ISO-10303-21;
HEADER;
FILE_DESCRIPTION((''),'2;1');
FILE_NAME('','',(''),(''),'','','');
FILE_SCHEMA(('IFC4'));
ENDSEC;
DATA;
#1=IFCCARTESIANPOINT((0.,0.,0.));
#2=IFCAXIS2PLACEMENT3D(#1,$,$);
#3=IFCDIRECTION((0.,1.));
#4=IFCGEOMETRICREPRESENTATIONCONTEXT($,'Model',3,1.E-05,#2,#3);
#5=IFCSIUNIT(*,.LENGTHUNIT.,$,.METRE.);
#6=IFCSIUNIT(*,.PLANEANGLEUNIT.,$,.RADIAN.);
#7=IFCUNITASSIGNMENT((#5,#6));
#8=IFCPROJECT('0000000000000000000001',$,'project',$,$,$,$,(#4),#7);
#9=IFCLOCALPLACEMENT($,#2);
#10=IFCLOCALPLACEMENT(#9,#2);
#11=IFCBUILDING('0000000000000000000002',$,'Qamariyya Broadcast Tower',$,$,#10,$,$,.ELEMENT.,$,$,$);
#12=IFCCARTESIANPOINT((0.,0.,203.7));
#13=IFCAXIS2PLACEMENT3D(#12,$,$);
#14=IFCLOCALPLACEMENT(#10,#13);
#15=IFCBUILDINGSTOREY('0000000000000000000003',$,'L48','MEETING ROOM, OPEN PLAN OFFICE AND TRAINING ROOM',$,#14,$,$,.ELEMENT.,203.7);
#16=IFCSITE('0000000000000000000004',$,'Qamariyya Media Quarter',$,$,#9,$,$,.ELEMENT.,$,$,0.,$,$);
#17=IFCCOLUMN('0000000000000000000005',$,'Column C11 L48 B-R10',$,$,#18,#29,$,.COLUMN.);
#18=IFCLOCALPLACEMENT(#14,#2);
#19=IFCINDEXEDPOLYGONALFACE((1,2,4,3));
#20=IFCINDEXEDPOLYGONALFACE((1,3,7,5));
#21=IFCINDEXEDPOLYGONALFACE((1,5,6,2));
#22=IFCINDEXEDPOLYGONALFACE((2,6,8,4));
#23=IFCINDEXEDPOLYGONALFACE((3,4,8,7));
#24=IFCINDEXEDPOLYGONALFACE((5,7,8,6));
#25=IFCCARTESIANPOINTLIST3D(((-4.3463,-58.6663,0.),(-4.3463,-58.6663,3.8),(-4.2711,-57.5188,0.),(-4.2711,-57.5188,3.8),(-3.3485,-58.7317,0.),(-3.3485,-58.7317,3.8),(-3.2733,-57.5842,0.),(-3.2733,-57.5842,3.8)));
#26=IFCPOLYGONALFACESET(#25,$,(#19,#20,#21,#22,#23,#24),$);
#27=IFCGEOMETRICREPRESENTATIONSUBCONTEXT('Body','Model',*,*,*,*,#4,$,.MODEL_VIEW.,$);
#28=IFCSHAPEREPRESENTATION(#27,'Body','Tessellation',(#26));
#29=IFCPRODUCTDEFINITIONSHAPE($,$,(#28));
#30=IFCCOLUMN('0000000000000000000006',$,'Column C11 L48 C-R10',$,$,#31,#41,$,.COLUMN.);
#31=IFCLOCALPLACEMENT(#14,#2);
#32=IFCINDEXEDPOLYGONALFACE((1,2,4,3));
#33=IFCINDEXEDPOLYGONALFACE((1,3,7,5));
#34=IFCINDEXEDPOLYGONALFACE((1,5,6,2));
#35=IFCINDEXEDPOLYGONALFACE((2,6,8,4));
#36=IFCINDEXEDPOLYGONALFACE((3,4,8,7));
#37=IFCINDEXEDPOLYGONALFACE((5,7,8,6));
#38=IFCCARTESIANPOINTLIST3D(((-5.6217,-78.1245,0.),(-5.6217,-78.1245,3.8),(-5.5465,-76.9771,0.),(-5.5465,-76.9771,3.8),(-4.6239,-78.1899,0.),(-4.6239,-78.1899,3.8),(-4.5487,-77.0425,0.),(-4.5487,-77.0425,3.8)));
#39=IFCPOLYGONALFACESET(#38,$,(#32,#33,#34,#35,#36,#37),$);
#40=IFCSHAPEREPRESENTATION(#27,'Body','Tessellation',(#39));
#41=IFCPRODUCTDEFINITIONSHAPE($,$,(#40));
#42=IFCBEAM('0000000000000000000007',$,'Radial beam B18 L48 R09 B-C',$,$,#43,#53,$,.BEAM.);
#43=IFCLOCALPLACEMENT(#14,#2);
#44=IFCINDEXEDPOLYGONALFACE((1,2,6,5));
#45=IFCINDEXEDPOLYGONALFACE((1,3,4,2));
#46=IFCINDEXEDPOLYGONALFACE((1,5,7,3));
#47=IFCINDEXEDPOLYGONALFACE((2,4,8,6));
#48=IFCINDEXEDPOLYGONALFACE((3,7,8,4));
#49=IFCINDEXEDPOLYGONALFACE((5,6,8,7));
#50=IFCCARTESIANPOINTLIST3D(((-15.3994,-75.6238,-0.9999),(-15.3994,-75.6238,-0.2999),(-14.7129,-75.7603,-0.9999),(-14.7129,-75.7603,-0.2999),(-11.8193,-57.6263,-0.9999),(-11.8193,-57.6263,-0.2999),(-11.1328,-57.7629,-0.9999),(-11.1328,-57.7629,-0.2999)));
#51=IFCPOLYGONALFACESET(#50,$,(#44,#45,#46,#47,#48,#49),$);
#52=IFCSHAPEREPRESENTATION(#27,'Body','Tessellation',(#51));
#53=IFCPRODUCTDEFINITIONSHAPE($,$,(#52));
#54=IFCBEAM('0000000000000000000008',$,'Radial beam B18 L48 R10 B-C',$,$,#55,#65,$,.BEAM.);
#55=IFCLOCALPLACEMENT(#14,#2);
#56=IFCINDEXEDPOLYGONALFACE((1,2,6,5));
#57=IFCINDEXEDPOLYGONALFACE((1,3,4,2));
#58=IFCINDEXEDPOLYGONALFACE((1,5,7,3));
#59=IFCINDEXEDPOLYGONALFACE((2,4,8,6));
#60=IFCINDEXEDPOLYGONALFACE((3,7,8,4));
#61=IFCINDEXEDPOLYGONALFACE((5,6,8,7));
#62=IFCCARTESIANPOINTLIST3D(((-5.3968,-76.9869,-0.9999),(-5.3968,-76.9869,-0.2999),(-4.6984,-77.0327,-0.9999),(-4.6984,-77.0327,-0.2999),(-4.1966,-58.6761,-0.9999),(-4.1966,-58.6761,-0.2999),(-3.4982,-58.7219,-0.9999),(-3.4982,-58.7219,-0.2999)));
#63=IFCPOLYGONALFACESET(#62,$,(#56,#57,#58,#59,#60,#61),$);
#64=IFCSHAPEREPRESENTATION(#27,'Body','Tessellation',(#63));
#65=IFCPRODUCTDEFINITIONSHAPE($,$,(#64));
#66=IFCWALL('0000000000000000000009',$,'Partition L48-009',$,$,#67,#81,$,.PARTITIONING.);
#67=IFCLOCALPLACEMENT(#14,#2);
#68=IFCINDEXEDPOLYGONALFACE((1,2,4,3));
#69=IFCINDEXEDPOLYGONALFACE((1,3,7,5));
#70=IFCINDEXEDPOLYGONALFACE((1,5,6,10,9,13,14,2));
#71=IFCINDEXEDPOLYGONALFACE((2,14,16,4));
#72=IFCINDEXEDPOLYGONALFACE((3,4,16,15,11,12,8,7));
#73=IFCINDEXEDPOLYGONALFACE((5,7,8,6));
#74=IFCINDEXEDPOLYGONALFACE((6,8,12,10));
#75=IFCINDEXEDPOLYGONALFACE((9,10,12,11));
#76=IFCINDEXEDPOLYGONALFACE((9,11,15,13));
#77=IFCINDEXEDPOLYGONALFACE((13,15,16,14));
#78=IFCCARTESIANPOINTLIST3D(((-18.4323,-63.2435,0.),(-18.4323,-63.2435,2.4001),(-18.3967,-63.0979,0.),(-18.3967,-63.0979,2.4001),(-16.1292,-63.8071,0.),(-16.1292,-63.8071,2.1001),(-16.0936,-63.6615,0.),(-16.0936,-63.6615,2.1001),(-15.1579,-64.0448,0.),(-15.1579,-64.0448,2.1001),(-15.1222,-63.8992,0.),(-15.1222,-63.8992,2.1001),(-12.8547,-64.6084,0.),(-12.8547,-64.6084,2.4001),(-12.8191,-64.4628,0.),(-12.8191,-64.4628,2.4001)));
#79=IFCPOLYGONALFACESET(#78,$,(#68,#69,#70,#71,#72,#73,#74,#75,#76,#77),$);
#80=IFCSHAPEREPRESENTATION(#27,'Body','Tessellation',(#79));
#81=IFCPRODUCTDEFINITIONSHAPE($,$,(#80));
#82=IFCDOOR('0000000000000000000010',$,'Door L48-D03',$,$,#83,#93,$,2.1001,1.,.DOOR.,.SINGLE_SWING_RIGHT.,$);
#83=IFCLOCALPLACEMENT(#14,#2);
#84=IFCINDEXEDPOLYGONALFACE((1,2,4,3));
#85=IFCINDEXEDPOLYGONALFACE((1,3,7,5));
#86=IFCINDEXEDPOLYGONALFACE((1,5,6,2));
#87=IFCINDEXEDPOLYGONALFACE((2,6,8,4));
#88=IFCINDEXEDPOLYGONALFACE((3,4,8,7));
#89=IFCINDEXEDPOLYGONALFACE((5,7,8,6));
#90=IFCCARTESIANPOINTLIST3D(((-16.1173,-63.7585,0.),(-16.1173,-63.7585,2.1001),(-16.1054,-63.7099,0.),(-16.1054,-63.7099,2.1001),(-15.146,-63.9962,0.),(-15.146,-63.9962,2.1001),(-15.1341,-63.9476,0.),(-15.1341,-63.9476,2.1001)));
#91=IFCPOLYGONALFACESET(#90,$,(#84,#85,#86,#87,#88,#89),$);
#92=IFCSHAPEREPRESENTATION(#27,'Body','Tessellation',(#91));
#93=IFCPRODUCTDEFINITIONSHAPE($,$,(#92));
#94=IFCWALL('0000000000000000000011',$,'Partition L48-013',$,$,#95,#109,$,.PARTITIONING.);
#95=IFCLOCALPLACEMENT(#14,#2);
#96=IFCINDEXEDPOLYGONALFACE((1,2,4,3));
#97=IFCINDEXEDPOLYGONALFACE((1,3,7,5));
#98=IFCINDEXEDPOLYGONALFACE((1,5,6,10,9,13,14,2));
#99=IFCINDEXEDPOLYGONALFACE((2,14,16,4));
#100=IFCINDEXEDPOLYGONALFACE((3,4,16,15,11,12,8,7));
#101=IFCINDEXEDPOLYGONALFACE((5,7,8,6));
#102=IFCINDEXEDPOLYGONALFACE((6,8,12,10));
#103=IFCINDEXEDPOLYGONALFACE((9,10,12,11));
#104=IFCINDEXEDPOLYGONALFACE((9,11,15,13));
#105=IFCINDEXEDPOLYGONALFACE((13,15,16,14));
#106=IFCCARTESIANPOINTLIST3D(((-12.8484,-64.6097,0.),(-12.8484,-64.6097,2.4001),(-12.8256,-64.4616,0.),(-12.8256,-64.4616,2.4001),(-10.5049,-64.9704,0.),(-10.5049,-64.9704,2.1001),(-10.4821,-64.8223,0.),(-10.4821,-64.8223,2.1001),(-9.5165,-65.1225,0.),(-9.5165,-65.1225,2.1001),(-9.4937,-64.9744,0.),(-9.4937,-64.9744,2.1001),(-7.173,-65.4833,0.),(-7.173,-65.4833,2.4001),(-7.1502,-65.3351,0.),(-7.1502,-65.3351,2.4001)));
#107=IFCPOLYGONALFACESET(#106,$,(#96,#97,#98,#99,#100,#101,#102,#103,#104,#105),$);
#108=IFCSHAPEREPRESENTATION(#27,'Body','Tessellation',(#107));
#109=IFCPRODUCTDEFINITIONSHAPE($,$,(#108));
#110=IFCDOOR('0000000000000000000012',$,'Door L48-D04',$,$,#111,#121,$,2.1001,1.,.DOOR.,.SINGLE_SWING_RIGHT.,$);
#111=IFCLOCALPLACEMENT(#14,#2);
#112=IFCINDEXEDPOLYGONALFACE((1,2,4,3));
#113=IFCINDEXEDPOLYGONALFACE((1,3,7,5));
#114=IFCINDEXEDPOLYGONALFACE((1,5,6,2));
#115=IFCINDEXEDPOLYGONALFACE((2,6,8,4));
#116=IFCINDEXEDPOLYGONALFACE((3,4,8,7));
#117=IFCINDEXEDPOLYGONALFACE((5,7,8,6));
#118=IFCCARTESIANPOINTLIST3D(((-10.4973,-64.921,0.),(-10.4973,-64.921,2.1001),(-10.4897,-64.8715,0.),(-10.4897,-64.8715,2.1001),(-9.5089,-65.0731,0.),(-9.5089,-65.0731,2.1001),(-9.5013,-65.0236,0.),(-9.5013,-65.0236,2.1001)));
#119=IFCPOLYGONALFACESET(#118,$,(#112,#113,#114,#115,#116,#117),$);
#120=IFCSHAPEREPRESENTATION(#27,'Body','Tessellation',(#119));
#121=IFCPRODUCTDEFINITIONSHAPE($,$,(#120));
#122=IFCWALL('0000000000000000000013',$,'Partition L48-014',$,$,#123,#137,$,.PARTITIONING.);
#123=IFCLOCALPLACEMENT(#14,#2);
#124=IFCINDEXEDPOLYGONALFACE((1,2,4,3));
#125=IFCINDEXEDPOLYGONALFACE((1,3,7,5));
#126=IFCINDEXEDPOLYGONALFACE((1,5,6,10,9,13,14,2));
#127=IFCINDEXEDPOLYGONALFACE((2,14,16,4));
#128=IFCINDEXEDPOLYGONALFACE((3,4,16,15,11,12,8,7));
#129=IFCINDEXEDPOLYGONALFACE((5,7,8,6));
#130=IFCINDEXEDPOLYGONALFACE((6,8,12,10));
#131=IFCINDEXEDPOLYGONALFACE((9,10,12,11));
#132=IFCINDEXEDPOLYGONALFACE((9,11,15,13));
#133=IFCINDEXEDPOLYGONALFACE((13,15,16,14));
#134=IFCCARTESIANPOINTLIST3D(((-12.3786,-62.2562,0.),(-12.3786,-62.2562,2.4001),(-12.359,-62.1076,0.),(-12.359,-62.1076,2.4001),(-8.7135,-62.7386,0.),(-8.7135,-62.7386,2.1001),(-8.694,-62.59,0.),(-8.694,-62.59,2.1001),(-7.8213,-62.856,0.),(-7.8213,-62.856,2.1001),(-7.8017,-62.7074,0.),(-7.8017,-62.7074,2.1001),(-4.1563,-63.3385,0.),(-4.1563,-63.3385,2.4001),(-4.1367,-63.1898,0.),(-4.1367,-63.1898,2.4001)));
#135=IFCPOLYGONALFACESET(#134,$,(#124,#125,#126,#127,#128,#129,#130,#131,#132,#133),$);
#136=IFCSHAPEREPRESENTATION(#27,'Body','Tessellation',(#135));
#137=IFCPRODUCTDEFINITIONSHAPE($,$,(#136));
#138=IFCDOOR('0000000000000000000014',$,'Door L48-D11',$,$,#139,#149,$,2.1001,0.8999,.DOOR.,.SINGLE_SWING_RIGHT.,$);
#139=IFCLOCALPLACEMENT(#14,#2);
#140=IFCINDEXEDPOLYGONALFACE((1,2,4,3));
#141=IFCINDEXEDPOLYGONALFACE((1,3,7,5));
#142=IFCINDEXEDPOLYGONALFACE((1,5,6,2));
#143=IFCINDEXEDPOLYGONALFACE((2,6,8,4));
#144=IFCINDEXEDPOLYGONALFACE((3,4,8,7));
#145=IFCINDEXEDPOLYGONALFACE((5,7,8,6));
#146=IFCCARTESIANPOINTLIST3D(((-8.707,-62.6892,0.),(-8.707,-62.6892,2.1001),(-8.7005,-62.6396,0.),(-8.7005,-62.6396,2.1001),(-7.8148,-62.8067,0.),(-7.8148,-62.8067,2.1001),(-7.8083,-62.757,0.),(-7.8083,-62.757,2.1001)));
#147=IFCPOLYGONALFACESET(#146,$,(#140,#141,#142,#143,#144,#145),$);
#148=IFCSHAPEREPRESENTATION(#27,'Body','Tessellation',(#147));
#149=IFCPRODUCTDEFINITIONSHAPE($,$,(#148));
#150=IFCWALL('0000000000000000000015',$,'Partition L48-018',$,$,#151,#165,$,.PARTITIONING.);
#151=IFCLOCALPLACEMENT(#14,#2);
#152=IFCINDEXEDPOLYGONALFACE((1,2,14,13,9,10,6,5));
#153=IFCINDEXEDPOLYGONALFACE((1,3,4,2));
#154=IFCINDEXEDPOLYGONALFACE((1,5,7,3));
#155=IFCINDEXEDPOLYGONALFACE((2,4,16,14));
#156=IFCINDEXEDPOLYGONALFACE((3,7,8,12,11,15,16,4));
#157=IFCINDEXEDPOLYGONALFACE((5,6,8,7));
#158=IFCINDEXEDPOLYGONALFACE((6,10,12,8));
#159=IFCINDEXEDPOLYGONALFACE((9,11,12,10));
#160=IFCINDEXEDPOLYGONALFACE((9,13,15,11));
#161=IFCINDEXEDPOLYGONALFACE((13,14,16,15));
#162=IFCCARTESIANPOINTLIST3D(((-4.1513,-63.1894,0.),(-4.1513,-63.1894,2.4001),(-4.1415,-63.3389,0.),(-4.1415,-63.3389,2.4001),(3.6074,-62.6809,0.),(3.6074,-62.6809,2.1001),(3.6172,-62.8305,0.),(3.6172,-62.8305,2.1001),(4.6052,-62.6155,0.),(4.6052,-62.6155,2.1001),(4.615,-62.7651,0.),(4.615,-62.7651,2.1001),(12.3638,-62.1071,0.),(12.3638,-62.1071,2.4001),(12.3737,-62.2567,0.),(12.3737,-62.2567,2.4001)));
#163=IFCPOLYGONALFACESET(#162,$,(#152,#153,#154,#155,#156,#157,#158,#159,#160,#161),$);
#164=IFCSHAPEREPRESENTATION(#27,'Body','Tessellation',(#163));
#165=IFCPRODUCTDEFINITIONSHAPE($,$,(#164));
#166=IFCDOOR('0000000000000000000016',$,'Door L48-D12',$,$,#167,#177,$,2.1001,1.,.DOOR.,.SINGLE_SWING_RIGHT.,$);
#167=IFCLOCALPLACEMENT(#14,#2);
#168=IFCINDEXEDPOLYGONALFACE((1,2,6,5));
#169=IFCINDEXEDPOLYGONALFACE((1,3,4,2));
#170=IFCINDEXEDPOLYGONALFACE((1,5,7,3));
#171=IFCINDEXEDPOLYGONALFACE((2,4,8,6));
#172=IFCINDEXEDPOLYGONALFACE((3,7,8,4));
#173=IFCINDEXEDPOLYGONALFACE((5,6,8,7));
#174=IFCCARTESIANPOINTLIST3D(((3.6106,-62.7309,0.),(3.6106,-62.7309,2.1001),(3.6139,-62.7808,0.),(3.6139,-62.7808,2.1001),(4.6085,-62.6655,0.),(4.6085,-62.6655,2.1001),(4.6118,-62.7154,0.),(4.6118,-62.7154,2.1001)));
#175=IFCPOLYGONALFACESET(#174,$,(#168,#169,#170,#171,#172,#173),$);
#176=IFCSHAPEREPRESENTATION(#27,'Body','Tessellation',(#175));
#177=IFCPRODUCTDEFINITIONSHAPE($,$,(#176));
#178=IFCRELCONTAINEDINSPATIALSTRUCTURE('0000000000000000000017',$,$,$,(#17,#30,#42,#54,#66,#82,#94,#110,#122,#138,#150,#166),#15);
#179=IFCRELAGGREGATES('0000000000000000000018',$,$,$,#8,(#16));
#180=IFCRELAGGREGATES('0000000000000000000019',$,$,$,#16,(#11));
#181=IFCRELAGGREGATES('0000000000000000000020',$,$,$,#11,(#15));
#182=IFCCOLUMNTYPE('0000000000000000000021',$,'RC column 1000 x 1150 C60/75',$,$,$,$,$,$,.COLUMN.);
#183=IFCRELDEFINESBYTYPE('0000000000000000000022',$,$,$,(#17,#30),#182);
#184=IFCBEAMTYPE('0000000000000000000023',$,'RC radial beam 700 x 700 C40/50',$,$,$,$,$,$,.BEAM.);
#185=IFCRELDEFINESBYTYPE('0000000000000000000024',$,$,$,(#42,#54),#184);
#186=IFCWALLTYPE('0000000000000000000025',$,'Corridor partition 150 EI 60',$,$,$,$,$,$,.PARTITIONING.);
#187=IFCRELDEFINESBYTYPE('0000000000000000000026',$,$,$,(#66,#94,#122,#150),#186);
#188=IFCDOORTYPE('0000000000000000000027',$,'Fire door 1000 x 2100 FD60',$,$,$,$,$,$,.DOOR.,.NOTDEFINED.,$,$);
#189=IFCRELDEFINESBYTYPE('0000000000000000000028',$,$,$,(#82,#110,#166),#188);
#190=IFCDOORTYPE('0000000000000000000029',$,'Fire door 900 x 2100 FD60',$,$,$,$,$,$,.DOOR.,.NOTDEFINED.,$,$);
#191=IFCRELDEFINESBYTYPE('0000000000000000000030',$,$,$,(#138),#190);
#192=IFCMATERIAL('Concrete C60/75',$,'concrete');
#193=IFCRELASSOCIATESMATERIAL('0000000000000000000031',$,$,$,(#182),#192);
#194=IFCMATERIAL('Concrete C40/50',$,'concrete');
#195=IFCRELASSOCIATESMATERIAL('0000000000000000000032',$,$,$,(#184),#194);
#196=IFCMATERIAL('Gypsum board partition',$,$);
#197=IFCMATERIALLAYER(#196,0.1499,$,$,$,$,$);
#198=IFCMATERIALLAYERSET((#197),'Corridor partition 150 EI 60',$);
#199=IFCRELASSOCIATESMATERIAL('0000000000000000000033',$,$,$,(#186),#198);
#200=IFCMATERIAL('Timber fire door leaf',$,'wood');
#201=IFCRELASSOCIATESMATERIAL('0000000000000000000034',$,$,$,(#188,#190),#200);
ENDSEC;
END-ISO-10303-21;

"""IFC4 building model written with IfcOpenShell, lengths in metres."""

from ifc_helpers import new_model, si_unit, direction, frame, frame_2d, origin, origin_2d, place, context, subcontext, project, spatial, rectangle, extrude, material, layer, layer_set, material_profile, profile_set, type_object, element, fill, save


model = new_model("IFC4")

# Units and contexts
model_context = context("Model", 3, precision=1e-05, world=origin(), true_north=direction((0.0, 1.0)))
body_context = subcontext(model_context, "Body", "Model", "MODEL_VIEW")
ifc_project = project(units=[si_unit("LENGTHUNIT", "METRE"), si_unit("PLANEANGLEUNIT", "RADIAN")], contexts=[model_context])

# Site, building, storey
site_placement = place(None, origin())
site = spatial("IfcSite", under=ifc_project, at=site_placement, Name="Qamariyya Media Quarter", CompositionType="ELEMENT", RefElevation=0.0)
building_placement = place(site_placement, origin())
building = spatial("IfcBuilding", under=site, at=building_placement, Name="Qamariyya Broadcast Tower", CompositionType="ELEMENT")
storey_placement = place(building_placement, frame((0.0, 0.0, 203.7)))
storey = spatial("IfcBuildingStorey", under=building, at=storey_placement, Name="L48", Description="MEETING ROOM, OPEN PLAN OFFICE AND TRAINING ROOM", CompositionType="ELEMENT", Elevation=203.7)

# Columns
ifc_material_1 = material(Name="Concrete C60/75", Category="concrete")
ifc_material_profile_1 = material_profile(ifc_material_1, rectangle(XDim=1.0, YDim=1.1499, at=origin_2d()))
ifc_profile_set_1 = profile_set([ifc_material_profile_1], Name="Concrete C60/75")
column_type = type_object("IfcColumnType", Name="RC column 1000 x 1150 C60/75", PredefinedType="COLUMN", material=ifc_profile_set_1)
for number, where, z_axis, x_axis, name in (
    (1, (-3.8098, -58.1252, 0.0), (0.0, 0.0, 1.0), (0.997859, -0.065403, 0.0), "Column C11 L48 B-R10"),
    (2, (-5.0852, -77.5835, 0.0), (0.0, 0.0, 1.0), (0.997859, -0.065403, 0.0), "Column C11 L48 C-R10"),
):
    element("IfcColumn", number, at=place(storey_placement, frame(where, z_axis=z_axis, x_axis=x_axis)), inside=storey, type_object=column_type, Name=name, PredefinedType="COLUMN", context=body_context, shape_type="SweptSolid", body=[
        extrude(rectangle(XDim=1.0, YDim=1.1499, at=origin_2d()), origin(), (0.0, 0.0, 1.0), 3.8),
    ])

# Beams
ifc_material_2 = material(Name="Concrete C40/50", Category="concrete")
ifc_material_profile_2 = material_profile(ifc_material_2, rectangle(XDim=0.7, YDim=0.7, at=origin_2d()))
ifc_profile_set_2 = profile_set([ifc_material_profile_2], Name="Concrete C40/50")
beam_type = type_object("IfcBeamType", Name="RC radial beam 700 x 700 C40/50", PredefinedType="BEAM", material=ifc_profile_set_2)
for number, where, z_axis, x_axis, name in (
    (3, (-11.4761, -57.6946, -0.6499), (-0.195098, -0.980784, 0.0), (0.980784, -0.195098, 0.0), "Radial beam B18 L48 R09 B-C"),
    (4, (-3.8474, -58.699, -0.6499), (-0.065405, -0.997859, 0.0), (0.997859, -0.065405, 0.0), "Radial beam B18 L48 R10 B-C"),
):
    element("IfcBeam", number, at=place(storey_placement, frame(where, z_axis=z_axis, x_axis=x_axis)), inside=storey, type_object=beam_type, Name=name, PredefinedType="BEAM", context=body_context, shape_type="SweptSolid", body=[
        extrude(rectangle(XDim=0.7, YDim=0.7, at=origin_2d()), origin(), (0.0, 0.0, 1.0), 18.3501),
    ])

# Walls, openings, doors
ifc_material_3 = material(Name="Gypsum board partition")
ifc_layer_1 = layer(ifc_material_3, 0.1499)
ifc_layer_set_1 = layer_set([ifc_layer_1], Name="Corridor partition 150 EI 60")
wall_type_1 = type_object("IfcWallType", Name="Corridor partition 150 EI 60", PredefinedType="PARTITIONING", material=ifc_layer_set_1)
wall_1_placement = place(storey_placement, frame((-12.8369, -64.5356, 0.0), z_axis=(0.0, 0.0, 1.0), x_axis=(-0.971336, 0.237711, 0.0)))
wall_1 = element("IfcWall", 5, at=wall_1_placement, inside=storey, type_object=wall_type_1, Name="Partition L48-009", PredefinedType="PARTITIONING", context=body_context, shape_type="SweptSolid", body=[
    extrude(rectangle(XDim=5.7422, YDim=0.1499, at=frame_2d((2.8711, 0.0))), origin(), (0.0, 0.0, 1.0), 2.4001),
])
opening_1_placement = place(wall_1_placement, frame((2.3711, 0.0, 0.0)))
opening_1 = element("IfcOpeningElement", 6, at=opening_1_placement, cuts=wall_1, PredefinedType="OPENING", context=body_context, shape_type="SweptSolid", body=[
    extrude(rectangle(XDim=1.0, YDim=2.1001, at=frame_2d((0.5, 1.05))), frame((0.0, 0.085, 0.0), z_axis=(0.0, -1.0, 0.0), x_axis=(1.0, 0.0, 0.0)), (0.0, 0.0, 1.0), 0.1699),
])
ifc_material_4 = material(Name="Timber fire door leaf", Category="wood")
door_type_1 = type_object("IfcDoorType", Name="Fire door 1000 x 2100 FD60", OperationType="NOTDEFINED", PredefinedType="DOOR", material=ifc_material_4)
door_1_placement = place(opening_1_placement, origin())
door_1 = element("IfcDoor", 7, at=door_1_placement, inside=storey, type_object=door_type_1, Name="Door L48-D03", OperationType="SINGLE_SWING_RIGHT", OverallHeight=2.1001, OverallWidth=1.0, PredefinedType="DOOR", context=body_context, shape_type="SweptSolid", body=[
    extrude(rectangle(XDim=1.0, YDim=2.1001, at=frame_2d((0.5, 1.05))), frame((0.0, 0.0249, 0.0), z_axis=(0.0, -1.0, 0.0), x_axis=(1.0, 0.0, 0.0)), (0.0, 0.0, 1.0), 0.05),
])
fill(opening_1, door_1)
wall_2_placement = place(storey_placement, frame((-7.1616, -65.4092, 0.0), z_axis=(0.0, 0.0, 1.0), x_axis=(-0.988361, 0.152127, 0.0)))
wall_2 = element("IfcWall", 8, at=wall_2_placement, inside=storey, type_object=wall_type_1, Name="Partition L48-013", PredefinedType="PARTITIONING", context=body_context, shape_type="SweptSolid", body=[
    extrude(rectangle(XDim=5.7422, YDim=0.1499, at=frame_2d((2.8711, 0.0))), origin(), (0.0, 0.0, 1.0), 2.4001),
])
opening_2_placement = place(wall_2_placement, frame((2.3711, 0.0, 0.0)))
opening_2 = element("IfcOpeningElement", 9, at=opening_2_placement, cuts=wall_2, PredefinedType="OPENING", context=body_context, shape_type="SweptSolid", body=[
    extrude(rectangle(XDim=1.0, YDim=2.1001, at=frame_2d((0.5, 1.05))), frame((0.0, 0.085, 0.0), z_axis=(0.0, -1.0, 0.0), x_axis=(1.0, 0.0, 0.0)), (0.0, 0.0, 1.0), 0.1699),
])
door_2_placement = place(opening_2_placement, origin())
door_2 = element("IfcDoor", 10, at=door_2_placement, inside=storey, type_object=door_type_1, Name="Door L48-D04", OperationType="SINGLE_SWING_RIGHT", OverallHeight=2.1001, OverallWidth=1.0, PredefinedType="DOOR", context=body_context, shape_type="SweptSolid", body=[
    extrude(rectangle(XDim=1.0, YDim=2.1001, at=frame_2d((0.5, 1.05))), frame((0.0, 0.0249, 0.0), z_axis=(0.0, -1.0, 0.0), x_axis=(1.0, 0.0, 0.0)), (0.0, 0.0, 1.0), 0.05),
])
fill(opening_2, door_2)
wall_3_placement = place(storey_placement, frame((-12.3687, -62.1819, 0.0), z_axis=(0.0, 0.0, 1.0), x_axis=(0.991448, -0.130503, 0.0)))
wall_3 = element("IfcWall", 11, at=wall_3_placement, inside=storey, type_object=wall_type_1, Name="Partition L48-014", PredefinedType="PARTITIONING", context=body_context, shape_type="SweptSolid", body=[
    extrude(rectangle(XDim=8.2932, YDim=0.1499, at=frame_2d((4.1465, 0.0))), origin(), (0.0, 0.0, 1.0), 2.4001),
])
opening_3_placement = place(wall_3_placement, frame((3.6965, 0.0, 0.0)))
opening_3 = element("IfcOpeningElement", 12, at=opening_3_placement, cuts=wall_3, PredefinedType="OPENING", context=body_context, shape_type="SweptSolid", body=[
    extrude(rectangle(XDim=0.8999, YDim=2.1001, at=frame_2d((0.45, 1.05))), frame((0.0, 0.085, 0.0), z_axis=(0.0, -1.0, 0.0), x_axis=(1.0, 0.0, 0.0)), (0.0, 0.0, 1.0), 0.1699),
])
door_type_2 = type_object("IfcDoorType", Name="Fire door 900 x 2100 FD60", OperationType="NOTDEFINED", PredefinedType="DOOR", material=ifc_material_4)
door_3_placement = place(opening_3_placement, origin())
door_3 = element("IfcDoor", 13, at=door_3_placement, inside=storey, type_object=door_type_2, Name="Door L48-D11", OperationType="SINGLE_SWING_RIGHT", OverallHeight=2.1001, OverallWidth=0.8999, PredefinedType="DOOR", context=body_context, shape_type="SweptSolid", body=[
    extrude(rectangle(XDim=0.8999, YDim=2.1001, at=frame_2d((0.45, 1.05))), frame((0.0, 0.0249, 0.0), z_axis=(0.0, -1.0, 0.0), x_axis=(1.0, 0.0, 0.0)), (0.0, 0.0, 1.0), 0.05),
])
fill(opening_3, door_3)
wall_4_placement = place(storey_placement, frame((-4.1465, -63.2642, 0.0), z_axis=(0.0, 0.0, 1.0), x_axis=(0.99786, 0.065392, 0.0)))
wall_4 = element("IfcWall", 14, at=wall_4_placement, inside=storey, type_object=wall_type_1, Name="Partition L48-018", PredefinedType="PARTITIONING", context=body_context, shape_type="SweptSolid", body=[
    extrude(rectangle(XDim=16.5505, YDim=0.1499, at=frame_2d((8.2754, 0.0))), origin(), (0.0, 0.0, 1.0), 2.4001),
])
opening_4_placement = place(wall_4_placement, frame((7.7754, 0.0, 0.0)))
opening_4 = element("IfcOpeningElement", 15, at=opening_4_placement, cuts=wall_4, PredefinedType="OPENING", context=body_context, shape_type="SweptSolid", body=[
    extrude(rectangle(XDim=1.0, YDim=2.1001, at=frame_2d((0.5, 1.05))), frame((0.0, 0.085, 0.0), z_axis=(0.0, -1.0, 0.0), x_axis=(1.0, 0.0, 0.0)), (0.0, 0.0, 1.0), 0.1699),
])
door_4_placement = place(opening_4_placement, origin())
door_4 = element("IfcDoor", 16, at=door_4_placement, inside=storey, type_object=door_type_1, Name="Door L48-D12", OperationType="SINGLE_SWING_RIGHT", OverallHeight=2.1001, OverallWidth=1.0, PredefinedType="DOOR", context=body_context, shape_type="SweptSolid", body=[
    extrude(rectangle(XDim=1.0, YDim=2.1001, at=frame_2d((0.5, 1.05))), frame((0.0, 0.0249, 0.0), z_axis=(0.0, -1.0, 0.0), x_axis=(1.0, 0.0, 0.0)), (0.0, 0.0, 1.0), 0.05),
])
fill(opening_4, door_4)

save(model, "model.ifc")
